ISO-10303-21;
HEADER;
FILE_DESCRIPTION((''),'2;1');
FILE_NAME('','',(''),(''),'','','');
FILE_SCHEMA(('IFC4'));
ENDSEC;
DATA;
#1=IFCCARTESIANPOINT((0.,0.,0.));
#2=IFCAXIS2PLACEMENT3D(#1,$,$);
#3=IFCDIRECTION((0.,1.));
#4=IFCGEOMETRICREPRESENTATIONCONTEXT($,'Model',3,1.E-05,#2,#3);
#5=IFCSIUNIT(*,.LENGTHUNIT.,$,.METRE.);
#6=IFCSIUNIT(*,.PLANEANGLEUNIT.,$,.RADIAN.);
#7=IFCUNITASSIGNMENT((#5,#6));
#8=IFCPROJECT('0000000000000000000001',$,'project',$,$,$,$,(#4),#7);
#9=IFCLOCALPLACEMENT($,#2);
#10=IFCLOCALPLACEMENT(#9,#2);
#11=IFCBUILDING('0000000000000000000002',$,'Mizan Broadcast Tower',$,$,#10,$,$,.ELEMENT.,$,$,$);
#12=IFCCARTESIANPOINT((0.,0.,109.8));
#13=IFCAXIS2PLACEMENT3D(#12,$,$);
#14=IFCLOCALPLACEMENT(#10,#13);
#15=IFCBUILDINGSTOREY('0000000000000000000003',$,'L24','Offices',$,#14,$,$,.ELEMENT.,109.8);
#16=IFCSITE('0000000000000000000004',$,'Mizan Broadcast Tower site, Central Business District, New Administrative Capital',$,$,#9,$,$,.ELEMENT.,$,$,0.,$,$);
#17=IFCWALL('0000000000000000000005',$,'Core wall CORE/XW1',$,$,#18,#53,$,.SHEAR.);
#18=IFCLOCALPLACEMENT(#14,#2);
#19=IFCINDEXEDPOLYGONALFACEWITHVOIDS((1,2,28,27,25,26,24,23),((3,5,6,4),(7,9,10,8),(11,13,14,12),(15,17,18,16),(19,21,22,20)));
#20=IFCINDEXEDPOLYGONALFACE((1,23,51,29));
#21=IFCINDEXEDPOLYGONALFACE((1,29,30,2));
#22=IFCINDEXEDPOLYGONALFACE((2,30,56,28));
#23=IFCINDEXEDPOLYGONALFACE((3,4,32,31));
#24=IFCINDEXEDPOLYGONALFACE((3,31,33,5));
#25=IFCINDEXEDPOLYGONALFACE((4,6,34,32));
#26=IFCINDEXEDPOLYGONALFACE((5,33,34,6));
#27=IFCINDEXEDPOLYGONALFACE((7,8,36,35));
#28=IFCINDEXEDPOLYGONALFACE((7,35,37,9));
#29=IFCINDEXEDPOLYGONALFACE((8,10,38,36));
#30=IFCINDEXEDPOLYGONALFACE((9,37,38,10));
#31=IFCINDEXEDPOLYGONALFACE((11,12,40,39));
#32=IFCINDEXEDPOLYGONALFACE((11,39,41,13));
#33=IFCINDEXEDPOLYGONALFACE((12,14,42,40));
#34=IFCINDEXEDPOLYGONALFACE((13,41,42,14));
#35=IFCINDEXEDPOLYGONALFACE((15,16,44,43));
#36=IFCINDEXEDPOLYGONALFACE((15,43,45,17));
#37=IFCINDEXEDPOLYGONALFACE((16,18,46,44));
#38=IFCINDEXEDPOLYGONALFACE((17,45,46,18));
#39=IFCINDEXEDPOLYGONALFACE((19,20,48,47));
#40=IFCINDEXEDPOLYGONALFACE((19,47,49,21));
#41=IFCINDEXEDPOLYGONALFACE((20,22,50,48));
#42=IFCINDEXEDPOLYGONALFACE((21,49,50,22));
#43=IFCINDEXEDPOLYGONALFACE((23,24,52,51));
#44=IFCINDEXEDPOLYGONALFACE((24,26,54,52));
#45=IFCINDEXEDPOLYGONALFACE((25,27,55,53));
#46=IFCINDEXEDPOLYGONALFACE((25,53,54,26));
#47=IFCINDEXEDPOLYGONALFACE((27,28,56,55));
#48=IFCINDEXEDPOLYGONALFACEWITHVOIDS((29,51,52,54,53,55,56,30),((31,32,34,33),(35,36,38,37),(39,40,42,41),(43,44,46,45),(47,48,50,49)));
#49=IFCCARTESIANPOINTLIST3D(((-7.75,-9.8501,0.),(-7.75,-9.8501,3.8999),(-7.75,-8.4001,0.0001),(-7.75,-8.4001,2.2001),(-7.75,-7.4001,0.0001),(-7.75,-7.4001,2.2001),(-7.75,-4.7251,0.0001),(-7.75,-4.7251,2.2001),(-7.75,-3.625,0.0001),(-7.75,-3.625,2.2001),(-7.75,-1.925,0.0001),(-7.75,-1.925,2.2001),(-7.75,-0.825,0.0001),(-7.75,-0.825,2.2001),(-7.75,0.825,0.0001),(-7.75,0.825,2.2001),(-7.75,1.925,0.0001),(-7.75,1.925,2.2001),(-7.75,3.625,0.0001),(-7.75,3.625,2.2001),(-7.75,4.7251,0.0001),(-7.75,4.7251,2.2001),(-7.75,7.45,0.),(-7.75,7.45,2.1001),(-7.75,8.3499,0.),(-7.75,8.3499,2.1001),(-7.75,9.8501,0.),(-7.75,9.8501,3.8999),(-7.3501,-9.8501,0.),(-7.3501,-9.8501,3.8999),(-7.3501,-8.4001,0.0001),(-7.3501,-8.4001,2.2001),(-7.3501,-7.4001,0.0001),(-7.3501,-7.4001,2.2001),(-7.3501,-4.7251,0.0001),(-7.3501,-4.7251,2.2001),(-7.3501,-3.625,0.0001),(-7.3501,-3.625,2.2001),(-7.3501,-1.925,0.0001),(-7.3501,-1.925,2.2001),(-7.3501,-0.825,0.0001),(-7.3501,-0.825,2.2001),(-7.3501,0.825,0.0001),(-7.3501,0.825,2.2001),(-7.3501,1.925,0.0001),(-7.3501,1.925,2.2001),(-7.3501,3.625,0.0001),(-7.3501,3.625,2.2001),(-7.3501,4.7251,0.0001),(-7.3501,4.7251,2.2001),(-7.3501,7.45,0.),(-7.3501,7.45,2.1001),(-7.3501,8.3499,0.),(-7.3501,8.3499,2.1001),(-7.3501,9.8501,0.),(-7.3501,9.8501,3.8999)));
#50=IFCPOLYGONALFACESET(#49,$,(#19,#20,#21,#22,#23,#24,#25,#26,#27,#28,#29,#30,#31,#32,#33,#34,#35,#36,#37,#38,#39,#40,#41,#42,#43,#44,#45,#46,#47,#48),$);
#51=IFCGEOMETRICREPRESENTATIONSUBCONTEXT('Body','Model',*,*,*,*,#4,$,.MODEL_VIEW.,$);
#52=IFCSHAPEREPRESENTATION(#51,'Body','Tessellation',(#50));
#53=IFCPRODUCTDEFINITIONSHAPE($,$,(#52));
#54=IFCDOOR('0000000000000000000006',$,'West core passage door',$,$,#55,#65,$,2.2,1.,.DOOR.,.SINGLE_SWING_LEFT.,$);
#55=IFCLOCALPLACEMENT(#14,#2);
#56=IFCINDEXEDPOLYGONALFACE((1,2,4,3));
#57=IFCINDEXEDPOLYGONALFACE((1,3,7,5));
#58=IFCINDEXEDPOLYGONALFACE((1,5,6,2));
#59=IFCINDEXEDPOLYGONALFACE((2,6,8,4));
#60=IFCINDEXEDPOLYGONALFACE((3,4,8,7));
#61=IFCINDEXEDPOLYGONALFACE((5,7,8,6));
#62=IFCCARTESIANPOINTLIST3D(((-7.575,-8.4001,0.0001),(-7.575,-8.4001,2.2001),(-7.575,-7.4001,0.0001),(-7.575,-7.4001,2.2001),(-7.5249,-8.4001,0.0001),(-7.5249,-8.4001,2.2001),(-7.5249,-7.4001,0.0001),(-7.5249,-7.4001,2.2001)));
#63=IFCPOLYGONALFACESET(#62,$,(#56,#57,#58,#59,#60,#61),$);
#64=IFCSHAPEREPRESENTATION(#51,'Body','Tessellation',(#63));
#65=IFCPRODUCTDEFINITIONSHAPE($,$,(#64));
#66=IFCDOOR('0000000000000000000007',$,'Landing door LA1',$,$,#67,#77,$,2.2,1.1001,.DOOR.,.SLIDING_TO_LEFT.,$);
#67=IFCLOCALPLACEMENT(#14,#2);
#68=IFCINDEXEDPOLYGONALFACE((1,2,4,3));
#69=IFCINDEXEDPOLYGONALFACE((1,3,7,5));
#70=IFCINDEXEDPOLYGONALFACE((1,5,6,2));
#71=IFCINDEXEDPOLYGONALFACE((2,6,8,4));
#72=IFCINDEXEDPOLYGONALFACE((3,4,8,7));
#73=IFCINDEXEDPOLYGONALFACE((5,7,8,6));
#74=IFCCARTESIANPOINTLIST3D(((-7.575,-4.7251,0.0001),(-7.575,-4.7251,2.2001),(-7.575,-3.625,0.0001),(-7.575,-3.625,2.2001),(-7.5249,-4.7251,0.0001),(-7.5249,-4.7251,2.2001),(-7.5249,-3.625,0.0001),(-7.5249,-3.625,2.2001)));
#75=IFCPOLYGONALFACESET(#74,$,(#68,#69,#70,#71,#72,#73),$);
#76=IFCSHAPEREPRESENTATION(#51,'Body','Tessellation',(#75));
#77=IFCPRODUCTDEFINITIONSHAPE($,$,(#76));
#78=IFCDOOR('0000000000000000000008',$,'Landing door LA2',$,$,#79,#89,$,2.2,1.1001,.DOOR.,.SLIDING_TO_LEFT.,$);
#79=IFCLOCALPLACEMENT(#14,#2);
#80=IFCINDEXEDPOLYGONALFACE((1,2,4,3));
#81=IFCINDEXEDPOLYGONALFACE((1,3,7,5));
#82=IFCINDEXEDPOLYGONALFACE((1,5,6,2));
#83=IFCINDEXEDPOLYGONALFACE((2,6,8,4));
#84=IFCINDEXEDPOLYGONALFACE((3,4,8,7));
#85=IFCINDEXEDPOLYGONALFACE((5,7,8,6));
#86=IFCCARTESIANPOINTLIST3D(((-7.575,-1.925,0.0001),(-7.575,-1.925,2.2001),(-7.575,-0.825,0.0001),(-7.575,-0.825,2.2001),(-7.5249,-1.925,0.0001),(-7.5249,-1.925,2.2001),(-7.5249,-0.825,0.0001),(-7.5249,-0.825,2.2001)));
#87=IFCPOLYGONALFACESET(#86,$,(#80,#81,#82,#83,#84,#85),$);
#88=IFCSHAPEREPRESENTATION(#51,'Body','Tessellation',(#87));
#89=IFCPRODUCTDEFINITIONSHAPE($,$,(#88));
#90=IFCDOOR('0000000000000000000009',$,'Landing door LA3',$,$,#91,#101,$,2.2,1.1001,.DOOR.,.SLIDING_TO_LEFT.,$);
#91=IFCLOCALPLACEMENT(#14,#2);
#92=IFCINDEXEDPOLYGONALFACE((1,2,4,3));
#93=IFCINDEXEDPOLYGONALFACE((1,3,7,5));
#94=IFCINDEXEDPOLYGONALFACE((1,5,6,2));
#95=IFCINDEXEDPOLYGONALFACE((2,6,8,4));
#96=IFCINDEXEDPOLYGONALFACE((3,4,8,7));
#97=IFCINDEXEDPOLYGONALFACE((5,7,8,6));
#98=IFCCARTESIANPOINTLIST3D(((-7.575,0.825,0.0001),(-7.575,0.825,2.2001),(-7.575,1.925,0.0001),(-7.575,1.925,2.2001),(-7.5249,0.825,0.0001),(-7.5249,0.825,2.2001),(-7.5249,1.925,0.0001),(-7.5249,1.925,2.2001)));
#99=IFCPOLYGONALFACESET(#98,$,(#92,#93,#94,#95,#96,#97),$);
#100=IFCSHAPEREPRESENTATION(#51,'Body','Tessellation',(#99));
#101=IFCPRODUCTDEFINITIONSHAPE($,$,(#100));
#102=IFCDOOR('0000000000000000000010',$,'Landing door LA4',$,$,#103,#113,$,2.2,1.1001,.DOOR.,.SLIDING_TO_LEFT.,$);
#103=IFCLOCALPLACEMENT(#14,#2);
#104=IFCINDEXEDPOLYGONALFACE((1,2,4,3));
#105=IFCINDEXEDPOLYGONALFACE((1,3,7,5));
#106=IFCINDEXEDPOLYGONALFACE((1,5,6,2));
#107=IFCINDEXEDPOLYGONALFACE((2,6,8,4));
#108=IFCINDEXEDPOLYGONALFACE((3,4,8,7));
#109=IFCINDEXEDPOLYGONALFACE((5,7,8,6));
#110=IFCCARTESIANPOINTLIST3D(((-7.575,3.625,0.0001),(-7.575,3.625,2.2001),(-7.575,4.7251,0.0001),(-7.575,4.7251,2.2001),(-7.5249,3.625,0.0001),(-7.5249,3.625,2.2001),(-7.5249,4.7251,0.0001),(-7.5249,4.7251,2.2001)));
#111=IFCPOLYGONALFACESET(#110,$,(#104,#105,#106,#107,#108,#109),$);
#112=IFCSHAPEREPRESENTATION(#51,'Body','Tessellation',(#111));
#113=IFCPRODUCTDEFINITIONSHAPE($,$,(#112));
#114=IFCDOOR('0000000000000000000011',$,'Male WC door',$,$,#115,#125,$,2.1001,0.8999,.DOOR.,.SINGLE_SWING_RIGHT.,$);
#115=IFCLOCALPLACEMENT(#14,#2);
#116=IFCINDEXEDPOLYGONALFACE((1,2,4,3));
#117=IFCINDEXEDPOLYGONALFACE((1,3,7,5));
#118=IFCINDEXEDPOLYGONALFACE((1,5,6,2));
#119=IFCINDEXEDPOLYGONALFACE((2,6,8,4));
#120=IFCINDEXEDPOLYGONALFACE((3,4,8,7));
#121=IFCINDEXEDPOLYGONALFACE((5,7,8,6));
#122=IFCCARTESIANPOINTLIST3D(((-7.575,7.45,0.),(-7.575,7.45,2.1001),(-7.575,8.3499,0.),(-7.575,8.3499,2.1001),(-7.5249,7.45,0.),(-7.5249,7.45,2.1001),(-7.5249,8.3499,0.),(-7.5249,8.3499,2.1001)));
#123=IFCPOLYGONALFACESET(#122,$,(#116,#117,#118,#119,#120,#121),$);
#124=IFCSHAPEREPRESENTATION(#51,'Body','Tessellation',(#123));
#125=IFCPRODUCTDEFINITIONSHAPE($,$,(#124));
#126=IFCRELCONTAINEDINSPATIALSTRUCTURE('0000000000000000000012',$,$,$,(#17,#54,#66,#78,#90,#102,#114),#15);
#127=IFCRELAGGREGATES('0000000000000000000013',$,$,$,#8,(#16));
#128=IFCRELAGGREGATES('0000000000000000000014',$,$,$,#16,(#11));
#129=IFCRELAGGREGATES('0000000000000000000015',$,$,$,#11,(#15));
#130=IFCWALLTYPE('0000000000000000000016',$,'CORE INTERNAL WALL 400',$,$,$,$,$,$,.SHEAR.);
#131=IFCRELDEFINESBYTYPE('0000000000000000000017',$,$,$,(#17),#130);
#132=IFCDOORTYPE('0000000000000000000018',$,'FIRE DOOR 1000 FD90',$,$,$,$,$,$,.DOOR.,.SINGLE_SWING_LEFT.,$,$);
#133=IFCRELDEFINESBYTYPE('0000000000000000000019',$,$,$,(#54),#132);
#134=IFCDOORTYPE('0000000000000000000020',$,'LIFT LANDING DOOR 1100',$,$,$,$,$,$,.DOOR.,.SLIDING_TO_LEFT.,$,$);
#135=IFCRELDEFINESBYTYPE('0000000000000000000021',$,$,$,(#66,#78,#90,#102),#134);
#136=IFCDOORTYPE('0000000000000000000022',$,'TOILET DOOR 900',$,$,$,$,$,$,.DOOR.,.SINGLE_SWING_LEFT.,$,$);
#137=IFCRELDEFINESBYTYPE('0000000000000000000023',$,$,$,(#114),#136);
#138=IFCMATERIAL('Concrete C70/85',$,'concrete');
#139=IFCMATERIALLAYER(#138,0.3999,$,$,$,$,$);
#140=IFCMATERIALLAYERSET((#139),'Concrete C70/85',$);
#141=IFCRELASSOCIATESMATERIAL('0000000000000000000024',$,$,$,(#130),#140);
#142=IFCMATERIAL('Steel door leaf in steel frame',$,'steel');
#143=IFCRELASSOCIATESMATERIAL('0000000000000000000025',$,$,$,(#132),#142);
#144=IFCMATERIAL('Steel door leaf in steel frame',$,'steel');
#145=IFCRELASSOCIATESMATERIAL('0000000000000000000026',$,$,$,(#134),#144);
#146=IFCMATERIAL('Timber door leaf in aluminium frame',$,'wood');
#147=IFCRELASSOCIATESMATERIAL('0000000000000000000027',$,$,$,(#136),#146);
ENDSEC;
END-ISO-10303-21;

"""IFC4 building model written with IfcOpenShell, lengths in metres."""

from ifc_helpers import new_model, si_unit, direction, frame, frame_2d, origin, place, context, subcontext, project, spatial, rectangle, extrude, material, layer, layer_set, type_object, element, fill, save


model = new_model("IFC4")

# Units and contexts
model_context = context("Model", 3, precision=1e-05, world=origin(), true_north=direction((0.0, 1.0)))
body_context = subcontext(model_context, "Body", "Model", "MODEL_VIEW")
ifc_project = project(units=[si_unit("LENGTHUNIT", "METRE"), si_unit("PLANEANGLEUNIT", "RADIAN")], contexts=[model_context])

# Site, building, storey
site_placement = place(None, origin())
site = spatial("IfcSite", under=ifc_project, at=site_placement, Name="Mizan Broadcast Tower site, Central Business District, New Administrative Capital", CompositionType="ELEMENT", RefElevation=0.0)
building_placement = place(site_placement, origin())
building = spatial("IfcBuilding", under=site, at=building_placement, Name="Mizan Broadcast Tower", CompositionType="ELEMENT")
storey_placement = place(building_placement, frame((0.0, 0.0, 109.8)))
storey = spatial("IfcBuildingStorey", under=building, at=storey_placement, Name="L24", Description="Offices", CompositionType="ELEMENT", Elevation=109.8)

# Wall, openings, doors
ifc_material_1 = material(Name="Concrete C70/85", Category="concrete")
ifc_layer_1 = layer(ifc_material_1, 0.3999)
ifc_layer_set_1 = layer_set([ifc_layer_1], Name="Concrete C70/85")
wall_type_1 = type_object("IfcWallType", Name="CORE INTERNAL WALL 400", PredefinedType="SHEAR", material=ifc_layer_set_1)
wall_1_placement = place(storey_placement, frame((-7.55, -9.8501, 0.0), z_axis=(0.0, 0.0, 1.0), x_axis=(0.0, 1.0, 0.0)))
wall_1 = element("IfcWall", 1, at=wall_1_placement, inside=storey, type_object=wall_type_1, Name="Core wall CORE/XW1", PredefinedType="SHEAR", context=body_context, shape_type="SweptSolid", body=[
    extrude(rectangle(XDim=19.7002, YDim=0.3999, at=frame_2d((9.8501, 0.0))), origin(), (0.0, 0.0, 1.0), 3.8999),
])
opening_1_placement = place(wall_1_placement, frame((1.45, 0.0, 0.0)))
opening_1 = element("IfcOpeningElement", 2, at=opening_1_placement, cuts=wall_1, PredefinedType="OPENING", context=body_context, shape_type="SweptSolid", body=[
    extrude(rectangle(XDim=1.0, YDim=2.2, at=frame_2d((0.5, 1.1001))), frame((0.0, 0.21, 0.0), z_axis=(0.0, -1.0, 0.0), x_axis=(1.0, 0.0, 0.0)), (0.0, 0.0, 1.0), 0.4199),
])
opening_2_placement = place(wall_1_placement, frame((17.3, 0.0, 0.0)))
opening_2 = element("IfcOpeningElement", 3, at=opening_2_placement, cuts=wall_1, PredefinedType="OPENING", context=body_context, shape_type="SweptSolid", body=[
    extrude(rectangle(XDim=0.8999, YDim=2.1001, at=frame_2d((0.45, 1.05))), frame((0.0, 0.21, 0.0), z_axis=(0.0, -1.0, 0.0), x_axis=(1.0, 0.0, 0.0)), (0.0, 0.0, 1.0), 0.4199),
])
opening_3_placement = place(wall_1_placement, frame((5.125, 0.0, 0.0)))
opening_3 = element("IfcOpeningElement", 4, at=opening_3_placement, cuts=wall_1, PredefinedType="OPENING", context=body_context, shape_type="SweptSolid", body=[
    extrude(rectangle(XDim=1.1001, YDim=2.2, at=frame_2d((0.55, 1.1001))), frame((0.0, 0.21, 0.0), z_axis=(0.0, -1.0, 0.0), x_axis=(1.0, 0.0, 0.0)), (0.0, 0.0, 1.0), 0.4199),
])
opening_4_placement = place(wall_1_placement, frame((7.925, 0.0, 0.0)))
opening_4 = element("IfcOpeningElement", 5, at=opening_4_placement, cuts=wall_1, PredefinedType="OPENING", context=body_context, shape_type="SweptSolid", body=[
    extrude(rectangle(XDim=1.1001, YDim=2.2, at=frame_2d((0.55, 1.1001))), frame((0.0, 0.21, 0.0), z_axis=(0.0, -1.0, 0.0), x_axis=(1.0, 0.0, 0.0)), (0.0, 0.0, 1.0), 0.4199),
])
opening_5_placement = place(wall_1_placement, frame((10.675, 0.0, 0.0)))
opening_5 = element("IfcOpeningElement", 6, at=opening_5_placement, cuts=wall_1, PredefinedType="OPENING", context=body_context, shape_type="SweptSolid", body=[
    extrude(rectangle(XDim=1.1001, YDim=2.2, at=frame_2d((0.55, 1.1001))), frame((0.0, 0.21, 0.0), z_axis=(0.0, -1.0, 0.0), x_axis=(1.0, 0.0, 0.0)), (0.0, 0.0, 1.0), 0.4199),
])
opening_6_placement = place(wall_1_placement, frame((13.4751, 0.0, 0.0)))
opening_6 = element("IfcOpeningElement", 7, at=opening_6_placement, cuts=wall_1, PredefinedType="OPENING", context=body_context, shape_type="SweptSolid", body=[
    extrude(rectangle(XDim=1.1001, YDim=2.2, at=frame_2d((0.55, 1.1001))), frame((0.0, 0.21, 0.0), z_axis=(0.0, -1.0, 0.0), x_axis=(1.0, 0.0, 0.0)), (0.0, 0.0, 1.0), 0.4199),
])
ifc_material_2 = material(Name="Steel door leaf in steel frame", Category="steel")
door_type_1 = type_object("IfcDoorType", Name="FIRE DOOR 1000 FD90", OperationType="SINGLE_SWING_LEFT", PredefinedType="DOOR", material=ifc_material_2)
door_1_placement = place(opening_1_placement, origin())
door_1 = element("IfcDoor", 8, at=door_1_placement, inside=storey, type_object=door_type_1, Name="West core passage door", OperationType="SINGLE_SWING_LEFT", OverallHeight=2.2, OverallWidth=1.0, PredefinedType="DOOR", context=body_context, shape_type="SweptSolid", body=[
    extrude(rectangle(XDim=1.0, YDim=2.2, at=frame_2d((0.5, 1.1001))), frame((0.0, 0.0249, 0.0), z_axis=(0.0, -1.0, 0.0), x_axis=(1.0, 0.0, 0.0)), (0.0, 0.0, 1.0), 0.05),
])
fill(opening_1, door_1)
ifc_material_3 = material(Name="Steel door leaf in steel frame", Category="steel")
door_type_2 = type_object("IfcDoorType", Name="LIFT LANDING DOOR 1100", OperationType="SLIDING_TO_LEFT", PredefinedType="DOOR", material=ifc_material_3)
door_2_placement = place(opening_3_placement, origin())
door_2 = element("IfcDoor", 9, at=door_2_placement, inside=storey, type_object=door_type_2, Name="Landing door LA1", OperationType="SLIDING_TO_LEFT", OverallHeight=2.2, OverallWidth=1.1001, PredefinedType="DOOR", context=body_context, shape_type="SweptSolid", body=[
    extrude(rectangle(XDim=1.1001, YDim=2.2, at=frame_2d((0.55, 1.1001))), frame((0.0, 0.0249, 0.0), z_axis=(0.0, -1.0, 0.0), x_axis=(1.0, 0.0, 0.0)), (0.0, 0.0, 1.0), 0.05),
])
fill(opening_3, door_2)
door_3_placement = place(opening_4_placement, origin())
door_3 = element("IfcDoor", 10, at=door_3_placement, inside=storey, type_object=door_type_2, Name="Landing door LA2", OperationType="SLIDING_TO_LEFT", OverallHeight=2.2, OverallWidth=1.1001, PredefinedType="DOOR", context=body_context, shape_type="SweptSolid", body=[
    extrude(rectangle(XDim=1.1001, YDim=2.2, at=frame_2d((0.55, 1.1001))), frame((0.0, 0.0249, 0.0), z_axis=(0.0, -1.0, 0.0), x_axis=(1.0, 0.0, 0.0)), (0.0, 0.0, 1.0), 0.05),
])
fill(opening_4, door_3)
door_4_placement = place(opening_5_placement, origin())
door_4 = element("IfcDoor", 11, at=door_4_placement, inside=storey, type_object=door_type_2, Name="Landing door LA3", OperationType="SLIDING_TO_LEFT", OverallHeight=2.2, OverallWidth=1.1001, PredefinedType="DOOR", context=body_context, shape_type="SweptSolid", body=[
    extrude(rectangle(XDim=1.1001, YDim=2.2, at=frame_2d((0.55, 1.1001))), frame((0.0, 0.0249, 0.0), z_axis=(0.0, -1.0, 0.0), x_axis=(1.0, 0.0, 0.0)), (0.0, 0.0, 1.0), 0.05),
])
fill(opening_5, door_4)
door_5_placement = place(opening_6_placement, origin())
door_5 = element("IfcDoor", 12, at=door_5_placement, inside=storey, type_object=door_type_2, Name="Landing door LA4", OperationType="SLIDING_TO_LEFT", OverallHeight=2.2, OverallWidth=1.1001, PredefinedType="DOOR", context=body_context, shape_type="SweptSolid", body=[
    extrude(rectangle(XDim=1.1001, YDim=2.2, at=frame_2d((0.55, 1.1001))), frame((0.0, 0.0249, 0.0), z_axis=(0.0, -1.0, 0.0), x_axis=(1.0, 0.0, 0.0)), (0.0, 0.0, 1.0), 0.05),
])
fill(opening_6, door_5)
ifc_material_4 = material(Name="Timber door leaf in aluminium frame", Category="wood")
door_type_3 = type_object("IfcDoorType", Name="TOILET DOOR 900", OperationType="SINGLE_SWING_LEFT", PredefinedType="DOOR", material=ifc_material_4)
door_6_placement = place(opening_2_placement, origin())
door_6 = element("IfcDoor", 13, at=door_6_placement, inside=storey, type_object=door_type_3, Name="Male WC door", OperationType="SINGLE_SWING_RIGHT", OverallHeight=2.1001, OverallWidth=0.8999, PredefinedType="DOOR", context=body_context, shape_type="SweptSolid", body=[
    extrude(rectangle(XDim=0.8999, YDim=2.1001, at=frame_2d((0.45, 1.05))), frame((0.0, 0.0249, 0.0), z_axis=(0.0, -1.0, 0.0), x_axis=(1.0, 0.0, 0.0)), (0.0, 0.0, 1.0), 0.05),
])
fill(opening_2, door_6)

save(model, "model.ifc")
